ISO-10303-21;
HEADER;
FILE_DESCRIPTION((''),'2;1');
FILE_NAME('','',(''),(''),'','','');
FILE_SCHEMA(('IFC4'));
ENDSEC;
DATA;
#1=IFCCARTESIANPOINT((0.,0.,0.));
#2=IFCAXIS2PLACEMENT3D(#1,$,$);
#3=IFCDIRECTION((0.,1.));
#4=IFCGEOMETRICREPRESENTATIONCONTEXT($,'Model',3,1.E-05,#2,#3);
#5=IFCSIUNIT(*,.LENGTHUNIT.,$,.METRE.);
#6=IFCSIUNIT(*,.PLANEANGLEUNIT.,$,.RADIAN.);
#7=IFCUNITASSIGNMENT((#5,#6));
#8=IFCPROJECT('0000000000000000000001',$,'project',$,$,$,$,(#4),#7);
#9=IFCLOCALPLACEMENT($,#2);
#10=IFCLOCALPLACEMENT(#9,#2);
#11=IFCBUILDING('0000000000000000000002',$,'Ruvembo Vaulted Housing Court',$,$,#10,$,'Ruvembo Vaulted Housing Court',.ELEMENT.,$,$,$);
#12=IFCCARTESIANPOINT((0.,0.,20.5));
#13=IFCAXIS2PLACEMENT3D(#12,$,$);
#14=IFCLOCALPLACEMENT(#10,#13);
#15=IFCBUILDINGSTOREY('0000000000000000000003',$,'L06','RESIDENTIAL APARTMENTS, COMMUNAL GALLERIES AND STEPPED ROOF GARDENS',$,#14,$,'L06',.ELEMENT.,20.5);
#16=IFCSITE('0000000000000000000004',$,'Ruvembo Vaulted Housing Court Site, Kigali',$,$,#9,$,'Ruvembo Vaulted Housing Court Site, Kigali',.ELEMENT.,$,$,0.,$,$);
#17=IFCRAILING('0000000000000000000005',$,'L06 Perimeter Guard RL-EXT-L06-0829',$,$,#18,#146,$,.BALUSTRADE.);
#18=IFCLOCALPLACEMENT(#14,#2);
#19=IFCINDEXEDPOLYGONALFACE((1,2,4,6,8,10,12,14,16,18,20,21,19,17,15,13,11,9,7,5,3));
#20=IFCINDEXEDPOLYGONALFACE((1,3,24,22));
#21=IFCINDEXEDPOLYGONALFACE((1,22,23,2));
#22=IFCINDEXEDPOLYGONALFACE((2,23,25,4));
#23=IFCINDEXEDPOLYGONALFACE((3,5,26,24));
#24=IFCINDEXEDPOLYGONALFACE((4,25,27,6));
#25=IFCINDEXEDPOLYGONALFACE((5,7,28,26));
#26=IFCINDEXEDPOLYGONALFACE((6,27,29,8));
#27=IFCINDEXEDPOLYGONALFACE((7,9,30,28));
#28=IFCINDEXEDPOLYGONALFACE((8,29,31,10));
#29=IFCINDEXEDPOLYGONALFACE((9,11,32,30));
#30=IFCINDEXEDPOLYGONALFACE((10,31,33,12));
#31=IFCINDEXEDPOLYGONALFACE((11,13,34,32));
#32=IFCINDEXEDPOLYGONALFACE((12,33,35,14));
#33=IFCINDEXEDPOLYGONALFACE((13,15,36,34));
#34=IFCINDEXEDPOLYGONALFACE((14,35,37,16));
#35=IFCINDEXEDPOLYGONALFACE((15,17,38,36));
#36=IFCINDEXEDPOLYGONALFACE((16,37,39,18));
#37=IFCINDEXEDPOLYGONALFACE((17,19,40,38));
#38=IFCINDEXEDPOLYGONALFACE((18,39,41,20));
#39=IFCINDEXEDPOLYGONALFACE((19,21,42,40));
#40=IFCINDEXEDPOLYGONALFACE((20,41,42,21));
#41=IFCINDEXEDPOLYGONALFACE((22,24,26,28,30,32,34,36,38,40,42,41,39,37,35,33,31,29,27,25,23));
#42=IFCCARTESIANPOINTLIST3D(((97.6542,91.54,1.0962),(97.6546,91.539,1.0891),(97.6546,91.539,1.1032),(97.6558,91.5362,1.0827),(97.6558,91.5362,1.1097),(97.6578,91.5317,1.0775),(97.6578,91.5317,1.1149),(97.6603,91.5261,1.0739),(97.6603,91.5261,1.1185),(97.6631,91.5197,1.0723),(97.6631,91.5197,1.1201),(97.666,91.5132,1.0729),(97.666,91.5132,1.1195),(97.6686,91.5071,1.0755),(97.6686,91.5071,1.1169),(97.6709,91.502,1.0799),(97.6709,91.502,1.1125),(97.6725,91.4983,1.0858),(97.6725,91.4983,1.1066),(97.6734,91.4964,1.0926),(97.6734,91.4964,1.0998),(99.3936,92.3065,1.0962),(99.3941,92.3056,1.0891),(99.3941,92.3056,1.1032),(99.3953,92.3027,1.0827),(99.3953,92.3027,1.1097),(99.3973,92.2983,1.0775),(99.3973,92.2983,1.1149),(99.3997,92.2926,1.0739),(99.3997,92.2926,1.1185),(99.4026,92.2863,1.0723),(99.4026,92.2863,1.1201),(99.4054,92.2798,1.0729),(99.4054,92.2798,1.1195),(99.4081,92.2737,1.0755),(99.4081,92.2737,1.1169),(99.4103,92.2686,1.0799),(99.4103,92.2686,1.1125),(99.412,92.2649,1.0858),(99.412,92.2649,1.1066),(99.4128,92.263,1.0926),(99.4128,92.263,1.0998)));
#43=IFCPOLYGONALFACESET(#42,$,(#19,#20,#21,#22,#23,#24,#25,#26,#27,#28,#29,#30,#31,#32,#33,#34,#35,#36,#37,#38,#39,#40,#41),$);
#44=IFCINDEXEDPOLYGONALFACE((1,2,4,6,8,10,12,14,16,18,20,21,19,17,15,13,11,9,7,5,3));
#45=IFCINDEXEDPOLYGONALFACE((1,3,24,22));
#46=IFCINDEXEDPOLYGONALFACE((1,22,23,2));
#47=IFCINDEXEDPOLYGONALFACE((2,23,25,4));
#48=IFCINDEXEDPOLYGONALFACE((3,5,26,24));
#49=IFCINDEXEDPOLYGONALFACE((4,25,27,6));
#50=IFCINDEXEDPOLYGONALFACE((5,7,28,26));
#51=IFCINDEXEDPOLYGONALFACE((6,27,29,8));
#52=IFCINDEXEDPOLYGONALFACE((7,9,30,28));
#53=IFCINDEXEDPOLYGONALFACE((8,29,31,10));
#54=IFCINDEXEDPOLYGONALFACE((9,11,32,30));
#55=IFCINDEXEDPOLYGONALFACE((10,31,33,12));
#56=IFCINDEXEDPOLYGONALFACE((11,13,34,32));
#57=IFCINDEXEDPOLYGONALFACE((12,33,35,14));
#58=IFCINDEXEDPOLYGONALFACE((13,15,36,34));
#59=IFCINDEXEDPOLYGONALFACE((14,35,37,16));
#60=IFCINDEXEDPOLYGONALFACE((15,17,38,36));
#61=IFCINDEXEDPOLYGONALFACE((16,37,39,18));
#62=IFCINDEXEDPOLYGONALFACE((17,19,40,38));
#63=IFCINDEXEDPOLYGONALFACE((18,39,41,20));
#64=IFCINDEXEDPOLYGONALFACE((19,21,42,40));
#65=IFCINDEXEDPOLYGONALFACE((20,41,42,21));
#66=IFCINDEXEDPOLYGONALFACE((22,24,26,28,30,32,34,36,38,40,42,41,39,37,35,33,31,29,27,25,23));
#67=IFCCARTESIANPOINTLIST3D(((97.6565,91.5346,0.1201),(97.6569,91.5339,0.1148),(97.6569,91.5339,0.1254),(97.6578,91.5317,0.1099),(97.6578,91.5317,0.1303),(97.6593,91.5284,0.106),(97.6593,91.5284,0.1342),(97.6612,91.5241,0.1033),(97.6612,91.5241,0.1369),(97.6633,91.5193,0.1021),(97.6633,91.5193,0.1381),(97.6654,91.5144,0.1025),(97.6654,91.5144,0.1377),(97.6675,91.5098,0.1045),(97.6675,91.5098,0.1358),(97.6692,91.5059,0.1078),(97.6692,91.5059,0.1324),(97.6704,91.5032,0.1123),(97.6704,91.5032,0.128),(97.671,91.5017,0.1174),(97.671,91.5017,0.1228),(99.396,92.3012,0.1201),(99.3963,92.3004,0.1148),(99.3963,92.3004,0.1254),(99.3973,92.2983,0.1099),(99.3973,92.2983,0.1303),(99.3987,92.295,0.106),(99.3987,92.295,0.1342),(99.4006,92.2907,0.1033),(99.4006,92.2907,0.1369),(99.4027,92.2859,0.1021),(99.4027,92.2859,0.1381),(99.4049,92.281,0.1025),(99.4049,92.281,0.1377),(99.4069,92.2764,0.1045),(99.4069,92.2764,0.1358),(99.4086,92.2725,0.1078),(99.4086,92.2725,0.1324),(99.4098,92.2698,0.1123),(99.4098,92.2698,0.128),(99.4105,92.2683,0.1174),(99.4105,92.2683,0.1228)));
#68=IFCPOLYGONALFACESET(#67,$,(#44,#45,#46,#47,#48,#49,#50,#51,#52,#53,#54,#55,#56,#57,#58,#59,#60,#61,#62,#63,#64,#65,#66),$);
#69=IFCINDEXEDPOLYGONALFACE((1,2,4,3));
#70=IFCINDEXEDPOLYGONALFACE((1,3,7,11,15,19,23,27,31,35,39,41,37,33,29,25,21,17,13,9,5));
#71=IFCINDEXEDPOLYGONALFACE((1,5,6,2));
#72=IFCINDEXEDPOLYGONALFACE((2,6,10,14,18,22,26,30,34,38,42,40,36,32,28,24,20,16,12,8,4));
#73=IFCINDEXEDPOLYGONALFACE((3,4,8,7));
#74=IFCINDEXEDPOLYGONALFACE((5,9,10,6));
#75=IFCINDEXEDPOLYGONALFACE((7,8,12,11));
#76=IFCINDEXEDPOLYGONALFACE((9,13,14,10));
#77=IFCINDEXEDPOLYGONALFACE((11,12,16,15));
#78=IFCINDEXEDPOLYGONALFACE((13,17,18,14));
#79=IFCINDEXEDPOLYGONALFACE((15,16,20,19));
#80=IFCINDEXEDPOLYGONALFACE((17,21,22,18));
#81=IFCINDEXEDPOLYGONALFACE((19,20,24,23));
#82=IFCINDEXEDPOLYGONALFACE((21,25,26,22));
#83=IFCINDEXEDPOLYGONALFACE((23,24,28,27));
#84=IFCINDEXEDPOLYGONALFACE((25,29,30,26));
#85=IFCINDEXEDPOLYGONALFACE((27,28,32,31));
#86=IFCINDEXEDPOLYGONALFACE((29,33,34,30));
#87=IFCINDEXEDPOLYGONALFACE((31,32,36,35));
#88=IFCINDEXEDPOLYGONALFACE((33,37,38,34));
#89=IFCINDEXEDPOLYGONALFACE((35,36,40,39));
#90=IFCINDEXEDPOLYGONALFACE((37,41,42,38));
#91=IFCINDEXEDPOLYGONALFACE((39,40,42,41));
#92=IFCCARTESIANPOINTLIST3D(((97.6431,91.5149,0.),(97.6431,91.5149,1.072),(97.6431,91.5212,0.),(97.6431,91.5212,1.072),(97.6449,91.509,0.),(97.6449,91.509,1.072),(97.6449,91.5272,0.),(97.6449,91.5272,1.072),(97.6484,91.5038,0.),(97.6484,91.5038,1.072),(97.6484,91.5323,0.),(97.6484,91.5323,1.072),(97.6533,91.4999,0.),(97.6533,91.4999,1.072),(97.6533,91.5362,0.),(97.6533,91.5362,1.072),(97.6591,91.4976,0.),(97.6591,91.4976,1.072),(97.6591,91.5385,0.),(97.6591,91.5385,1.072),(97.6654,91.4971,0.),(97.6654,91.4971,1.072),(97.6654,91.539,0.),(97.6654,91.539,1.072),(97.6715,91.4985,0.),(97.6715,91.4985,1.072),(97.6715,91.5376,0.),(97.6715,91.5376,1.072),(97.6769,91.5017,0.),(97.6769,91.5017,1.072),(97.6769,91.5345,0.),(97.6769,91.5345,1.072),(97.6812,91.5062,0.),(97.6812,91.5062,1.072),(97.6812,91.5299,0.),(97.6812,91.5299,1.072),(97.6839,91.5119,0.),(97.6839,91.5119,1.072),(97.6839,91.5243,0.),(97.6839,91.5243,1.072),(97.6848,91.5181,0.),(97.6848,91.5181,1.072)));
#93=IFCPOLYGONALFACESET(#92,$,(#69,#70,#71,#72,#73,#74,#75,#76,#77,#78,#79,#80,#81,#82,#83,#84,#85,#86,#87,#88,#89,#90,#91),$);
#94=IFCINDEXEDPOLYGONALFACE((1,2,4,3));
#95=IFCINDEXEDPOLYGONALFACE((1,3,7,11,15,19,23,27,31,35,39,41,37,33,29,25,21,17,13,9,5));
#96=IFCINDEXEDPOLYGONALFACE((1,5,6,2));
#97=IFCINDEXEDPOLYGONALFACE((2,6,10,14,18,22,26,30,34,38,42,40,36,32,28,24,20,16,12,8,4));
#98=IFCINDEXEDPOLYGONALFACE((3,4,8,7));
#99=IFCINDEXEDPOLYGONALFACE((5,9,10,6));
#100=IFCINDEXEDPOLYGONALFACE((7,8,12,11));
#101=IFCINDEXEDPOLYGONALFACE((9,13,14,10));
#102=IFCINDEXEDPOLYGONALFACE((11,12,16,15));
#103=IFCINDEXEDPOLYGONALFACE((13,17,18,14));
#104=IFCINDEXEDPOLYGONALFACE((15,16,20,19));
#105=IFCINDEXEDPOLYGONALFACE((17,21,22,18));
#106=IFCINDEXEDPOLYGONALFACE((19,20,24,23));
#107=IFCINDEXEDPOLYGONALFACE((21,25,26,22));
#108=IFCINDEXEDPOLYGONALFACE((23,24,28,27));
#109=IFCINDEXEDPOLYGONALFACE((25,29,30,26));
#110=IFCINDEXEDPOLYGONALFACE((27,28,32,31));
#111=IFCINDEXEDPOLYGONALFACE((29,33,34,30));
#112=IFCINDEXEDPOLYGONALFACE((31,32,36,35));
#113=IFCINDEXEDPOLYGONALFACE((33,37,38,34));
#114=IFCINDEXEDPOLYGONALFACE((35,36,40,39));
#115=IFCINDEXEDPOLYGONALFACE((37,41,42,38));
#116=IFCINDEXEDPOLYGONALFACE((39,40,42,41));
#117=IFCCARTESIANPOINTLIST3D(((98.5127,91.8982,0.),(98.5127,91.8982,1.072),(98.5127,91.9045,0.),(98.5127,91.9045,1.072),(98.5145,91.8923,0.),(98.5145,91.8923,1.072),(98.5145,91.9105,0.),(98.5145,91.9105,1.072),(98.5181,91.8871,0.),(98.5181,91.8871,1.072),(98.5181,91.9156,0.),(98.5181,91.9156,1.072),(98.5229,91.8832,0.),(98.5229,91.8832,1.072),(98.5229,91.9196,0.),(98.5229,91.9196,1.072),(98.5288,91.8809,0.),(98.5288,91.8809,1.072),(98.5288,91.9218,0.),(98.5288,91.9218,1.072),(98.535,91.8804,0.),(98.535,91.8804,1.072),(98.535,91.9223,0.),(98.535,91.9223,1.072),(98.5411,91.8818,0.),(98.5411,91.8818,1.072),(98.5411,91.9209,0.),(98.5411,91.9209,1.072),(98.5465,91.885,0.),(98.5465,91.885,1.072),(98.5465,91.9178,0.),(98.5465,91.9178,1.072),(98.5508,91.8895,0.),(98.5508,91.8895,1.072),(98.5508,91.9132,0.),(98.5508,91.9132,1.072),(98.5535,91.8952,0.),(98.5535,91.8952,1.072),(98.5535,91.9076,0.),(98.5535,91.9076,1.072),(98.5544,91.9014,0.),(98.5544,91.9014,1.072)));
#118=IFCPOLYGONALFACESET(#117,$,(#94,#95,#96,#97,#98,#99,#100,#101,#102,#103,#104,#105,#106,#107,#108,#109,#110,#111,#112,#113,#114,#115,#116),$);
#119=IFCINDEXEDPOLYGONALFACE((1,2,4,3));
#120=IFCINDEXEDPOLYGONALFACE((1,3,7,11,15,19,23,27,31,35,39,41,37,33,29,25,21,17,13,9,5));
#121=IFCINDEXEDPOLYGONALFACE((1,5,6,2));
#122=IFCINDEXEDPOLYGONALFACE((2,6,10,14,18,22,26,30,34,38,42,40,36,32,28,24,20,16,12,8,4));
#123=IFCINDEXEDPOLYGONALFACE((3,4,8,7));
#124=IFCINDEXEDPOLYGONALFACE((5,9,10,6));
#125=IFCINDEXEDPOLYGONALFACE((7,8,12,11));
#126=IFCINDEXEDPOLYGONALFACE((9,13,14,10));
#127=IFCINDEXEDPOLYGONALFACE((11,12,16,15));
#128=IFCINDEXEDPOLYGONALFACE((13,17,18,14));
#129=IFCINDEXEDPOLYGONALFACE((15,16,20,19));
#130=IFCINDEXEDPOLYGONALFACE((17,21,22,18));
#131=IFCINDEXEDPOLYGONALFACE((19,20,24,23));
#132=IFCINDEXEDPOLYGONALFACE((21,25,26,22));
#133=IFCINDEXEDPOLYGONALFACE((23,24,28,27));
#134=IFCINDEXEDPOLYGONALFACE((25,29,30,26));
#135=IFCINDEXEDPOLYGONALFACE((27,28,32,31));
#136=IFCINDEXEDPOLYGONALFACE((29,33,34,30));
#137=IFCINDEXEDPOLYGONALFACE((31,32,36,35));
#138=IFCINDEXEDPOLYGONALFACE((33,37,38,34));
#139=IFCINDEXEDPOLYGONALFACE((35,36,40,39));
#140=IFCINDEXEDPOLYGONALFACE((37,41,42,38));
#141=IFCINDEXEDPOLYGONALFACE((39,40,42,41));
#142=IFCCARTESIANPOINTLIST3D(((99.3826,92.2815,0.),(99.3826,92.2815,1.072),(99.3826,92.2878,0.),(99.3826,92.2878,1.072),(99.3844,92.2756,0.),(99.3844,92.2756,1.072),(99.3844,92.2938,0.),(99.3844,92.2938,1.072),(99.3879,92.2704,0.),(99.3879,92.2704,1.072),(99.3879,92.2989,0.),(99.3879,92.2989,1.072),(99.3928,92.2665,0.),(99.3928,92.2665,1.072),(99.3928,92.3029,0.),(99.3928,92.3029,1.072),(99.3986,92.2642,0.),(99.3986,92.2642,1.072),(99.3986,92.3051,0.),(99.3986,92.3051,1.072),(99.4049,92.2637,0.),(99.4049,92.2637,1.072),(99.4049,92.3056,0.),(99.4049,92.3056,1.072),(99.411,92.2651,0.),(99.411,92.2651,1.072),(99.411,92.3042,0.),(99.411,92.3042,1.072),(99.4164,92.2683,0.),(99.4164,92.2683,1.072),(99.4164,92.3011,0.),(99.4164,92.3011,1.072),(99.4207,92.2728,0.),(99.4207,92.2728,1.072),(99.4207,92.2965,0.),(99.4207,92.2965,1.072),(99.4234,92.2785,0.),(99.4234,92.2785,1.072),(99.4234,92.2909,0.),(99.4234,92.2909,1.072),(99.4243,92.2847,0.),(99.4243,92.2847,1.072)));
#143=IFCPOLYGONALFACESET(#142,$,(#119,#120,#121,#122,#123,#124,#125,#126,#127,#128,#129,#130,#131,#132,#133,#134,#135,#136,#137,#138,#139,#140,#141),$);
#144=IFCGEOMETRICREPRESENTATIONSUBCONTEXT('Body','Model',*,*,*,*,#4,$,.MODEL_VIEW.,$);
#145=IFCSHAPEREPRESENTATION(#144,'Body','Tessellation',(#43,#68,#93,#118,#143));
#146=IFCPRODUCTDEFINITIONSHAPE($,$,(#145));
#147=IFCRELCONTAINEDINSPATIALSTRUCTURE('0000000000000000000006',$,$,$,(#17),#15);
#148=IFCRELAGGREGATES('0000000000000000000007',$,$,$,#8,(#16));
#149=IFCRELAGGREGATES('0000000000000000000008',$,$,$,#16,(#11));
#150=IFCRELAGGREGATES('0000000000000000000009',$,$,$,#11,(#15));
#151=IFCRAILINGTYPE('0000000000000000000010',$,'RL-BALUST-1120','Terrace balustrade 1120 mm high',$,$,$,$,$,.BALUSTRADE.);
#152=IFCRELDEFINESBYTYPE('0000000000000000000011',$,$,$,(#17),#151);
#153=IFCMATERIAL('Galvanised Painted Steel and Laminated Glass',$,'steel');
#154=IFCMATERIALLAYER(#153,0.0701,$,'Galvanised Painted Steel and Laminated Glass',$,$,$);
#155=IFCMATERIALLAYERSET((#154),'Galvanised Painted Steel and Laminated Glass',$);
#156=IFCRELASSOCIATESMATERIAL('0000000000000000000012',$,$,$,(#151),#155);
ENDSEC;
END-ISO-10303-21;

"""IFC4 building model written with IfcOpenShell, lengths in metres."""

from ifc_helpers import new_model, si_unit, direction, frame, origin, origin_2d, place, context, subcontext, project, spatial, circle, extrude, material, layer, layer_set, type_object, element, save


model = new_model("IFC4")

# Units and contexts
model_context = context("Model", 3, precision=1e-05, world=origin(), true_north=direction((0.0, 1.0)))
body_context = subcontext(model_context, "Body", "Model", "MODEL_VIEW")
ifc_project = project(units=[si_unit("LENGTHUNIT", "METRE"), si_unit("PLANEANGLEUNIT", "RADIAN")], contexts=[model_context])

# Site, building, storey
site_placement = place(None, origin())
site = spatial("IfcSite", under=ifc_project, at=site_placement, Name="Ruvembo Vaulted Housing Court Site, Kigali", LongName="Ruvembo Vaulted Housing Court Site, Kigali", CompositionType="ELEMENT", RefElevation=0.0)
building_placement = place(site_placement, origin())
building = spatial("IfcBuilding", under=site, at=building_placement, Name="Ruvembo Vaulted Housing Court", LongName="Ruvembo Vaulted Housing Court", CompositionType="ELEMENT")
storey_placement = place(building_placement, frame((0.0, 0.0, 20.5)))
storey = spatial("IfcBuildingStorey", under=building, at=storey_placement, Name="L06", Description="RESIDENTIAL APARTMENTS, COMMUNAL GALLERIES AND STEPPED ROOF GARDENS", LongName="L06", CompositionType="ELEMENT", Elevation=20.5)

# Railing
ifc_material_1 = material(Name="Galvanised Painted Steel and Laminated Glass", Category="steel")
ifc_layer = layer(ifc_material_1, 0.0701, Name="Galvanised Painted Steel and Laminated Glass")
ifc_layer_set = layer_set([ifc_layer], Name="Galvanised Painted Steel and Laminated Glass")
railing_type = type_object("IfcRailingType", Name="RL-BALUST-1120", Description="Terrace balustrade 1120 mm high", PredefinedType="BALUSTRADE", material=ifc_layer_set)
railing_1_placement = place(storey_placement, frame((97.6638, 91.5181, 0.0)))
element("IfcRailing", 1, at=railing_1_placement, inside=storey, type_object=railing_type, Name="L06 Perimeter Guard RL-EXT-L06-0829", PredefinedType="BALUSTRADE", context=body_context, shape_type="SweptSolid", body=[
    extrude(circle(Radius=0.0239, at=origin_2d()), frame((0.0, 0.0, 1.0962), z_axis=(0.915078, 0.403277, 0.0), x_axis=(-0.403277, 0.915078, 0.0)), (0.0, 0.0, 1.0), 1.9009),
    extrude(circle(Radius=0.0181, at=origin_2d()), frame((0.0, 0.0, 0.1201), z_axis=(0.915078, 0.403277, 0.0), x_axis=(-0.403277, 0.915078, 0.0)), (0.0, 0.0, 1.0), 1.9009),
    extrude(circle(Radius=0.021, at=origin_2d()), origin(), (0.0, 0.0, 1.0), 1.072),
    extrude(circle(Radius=0.021, at=origin_2d()), frame((0.8696, 0.3833, 0.0)), (0.0, 0.0, 1.0), 1.072),
    extrude(circle(Radius=0.021, at=origin_2d()), frame((1.7395, 0.7666, 0.0)), (0.0, 0.0, 1.0), 1.072),
])

save(model, "model.ifc")
